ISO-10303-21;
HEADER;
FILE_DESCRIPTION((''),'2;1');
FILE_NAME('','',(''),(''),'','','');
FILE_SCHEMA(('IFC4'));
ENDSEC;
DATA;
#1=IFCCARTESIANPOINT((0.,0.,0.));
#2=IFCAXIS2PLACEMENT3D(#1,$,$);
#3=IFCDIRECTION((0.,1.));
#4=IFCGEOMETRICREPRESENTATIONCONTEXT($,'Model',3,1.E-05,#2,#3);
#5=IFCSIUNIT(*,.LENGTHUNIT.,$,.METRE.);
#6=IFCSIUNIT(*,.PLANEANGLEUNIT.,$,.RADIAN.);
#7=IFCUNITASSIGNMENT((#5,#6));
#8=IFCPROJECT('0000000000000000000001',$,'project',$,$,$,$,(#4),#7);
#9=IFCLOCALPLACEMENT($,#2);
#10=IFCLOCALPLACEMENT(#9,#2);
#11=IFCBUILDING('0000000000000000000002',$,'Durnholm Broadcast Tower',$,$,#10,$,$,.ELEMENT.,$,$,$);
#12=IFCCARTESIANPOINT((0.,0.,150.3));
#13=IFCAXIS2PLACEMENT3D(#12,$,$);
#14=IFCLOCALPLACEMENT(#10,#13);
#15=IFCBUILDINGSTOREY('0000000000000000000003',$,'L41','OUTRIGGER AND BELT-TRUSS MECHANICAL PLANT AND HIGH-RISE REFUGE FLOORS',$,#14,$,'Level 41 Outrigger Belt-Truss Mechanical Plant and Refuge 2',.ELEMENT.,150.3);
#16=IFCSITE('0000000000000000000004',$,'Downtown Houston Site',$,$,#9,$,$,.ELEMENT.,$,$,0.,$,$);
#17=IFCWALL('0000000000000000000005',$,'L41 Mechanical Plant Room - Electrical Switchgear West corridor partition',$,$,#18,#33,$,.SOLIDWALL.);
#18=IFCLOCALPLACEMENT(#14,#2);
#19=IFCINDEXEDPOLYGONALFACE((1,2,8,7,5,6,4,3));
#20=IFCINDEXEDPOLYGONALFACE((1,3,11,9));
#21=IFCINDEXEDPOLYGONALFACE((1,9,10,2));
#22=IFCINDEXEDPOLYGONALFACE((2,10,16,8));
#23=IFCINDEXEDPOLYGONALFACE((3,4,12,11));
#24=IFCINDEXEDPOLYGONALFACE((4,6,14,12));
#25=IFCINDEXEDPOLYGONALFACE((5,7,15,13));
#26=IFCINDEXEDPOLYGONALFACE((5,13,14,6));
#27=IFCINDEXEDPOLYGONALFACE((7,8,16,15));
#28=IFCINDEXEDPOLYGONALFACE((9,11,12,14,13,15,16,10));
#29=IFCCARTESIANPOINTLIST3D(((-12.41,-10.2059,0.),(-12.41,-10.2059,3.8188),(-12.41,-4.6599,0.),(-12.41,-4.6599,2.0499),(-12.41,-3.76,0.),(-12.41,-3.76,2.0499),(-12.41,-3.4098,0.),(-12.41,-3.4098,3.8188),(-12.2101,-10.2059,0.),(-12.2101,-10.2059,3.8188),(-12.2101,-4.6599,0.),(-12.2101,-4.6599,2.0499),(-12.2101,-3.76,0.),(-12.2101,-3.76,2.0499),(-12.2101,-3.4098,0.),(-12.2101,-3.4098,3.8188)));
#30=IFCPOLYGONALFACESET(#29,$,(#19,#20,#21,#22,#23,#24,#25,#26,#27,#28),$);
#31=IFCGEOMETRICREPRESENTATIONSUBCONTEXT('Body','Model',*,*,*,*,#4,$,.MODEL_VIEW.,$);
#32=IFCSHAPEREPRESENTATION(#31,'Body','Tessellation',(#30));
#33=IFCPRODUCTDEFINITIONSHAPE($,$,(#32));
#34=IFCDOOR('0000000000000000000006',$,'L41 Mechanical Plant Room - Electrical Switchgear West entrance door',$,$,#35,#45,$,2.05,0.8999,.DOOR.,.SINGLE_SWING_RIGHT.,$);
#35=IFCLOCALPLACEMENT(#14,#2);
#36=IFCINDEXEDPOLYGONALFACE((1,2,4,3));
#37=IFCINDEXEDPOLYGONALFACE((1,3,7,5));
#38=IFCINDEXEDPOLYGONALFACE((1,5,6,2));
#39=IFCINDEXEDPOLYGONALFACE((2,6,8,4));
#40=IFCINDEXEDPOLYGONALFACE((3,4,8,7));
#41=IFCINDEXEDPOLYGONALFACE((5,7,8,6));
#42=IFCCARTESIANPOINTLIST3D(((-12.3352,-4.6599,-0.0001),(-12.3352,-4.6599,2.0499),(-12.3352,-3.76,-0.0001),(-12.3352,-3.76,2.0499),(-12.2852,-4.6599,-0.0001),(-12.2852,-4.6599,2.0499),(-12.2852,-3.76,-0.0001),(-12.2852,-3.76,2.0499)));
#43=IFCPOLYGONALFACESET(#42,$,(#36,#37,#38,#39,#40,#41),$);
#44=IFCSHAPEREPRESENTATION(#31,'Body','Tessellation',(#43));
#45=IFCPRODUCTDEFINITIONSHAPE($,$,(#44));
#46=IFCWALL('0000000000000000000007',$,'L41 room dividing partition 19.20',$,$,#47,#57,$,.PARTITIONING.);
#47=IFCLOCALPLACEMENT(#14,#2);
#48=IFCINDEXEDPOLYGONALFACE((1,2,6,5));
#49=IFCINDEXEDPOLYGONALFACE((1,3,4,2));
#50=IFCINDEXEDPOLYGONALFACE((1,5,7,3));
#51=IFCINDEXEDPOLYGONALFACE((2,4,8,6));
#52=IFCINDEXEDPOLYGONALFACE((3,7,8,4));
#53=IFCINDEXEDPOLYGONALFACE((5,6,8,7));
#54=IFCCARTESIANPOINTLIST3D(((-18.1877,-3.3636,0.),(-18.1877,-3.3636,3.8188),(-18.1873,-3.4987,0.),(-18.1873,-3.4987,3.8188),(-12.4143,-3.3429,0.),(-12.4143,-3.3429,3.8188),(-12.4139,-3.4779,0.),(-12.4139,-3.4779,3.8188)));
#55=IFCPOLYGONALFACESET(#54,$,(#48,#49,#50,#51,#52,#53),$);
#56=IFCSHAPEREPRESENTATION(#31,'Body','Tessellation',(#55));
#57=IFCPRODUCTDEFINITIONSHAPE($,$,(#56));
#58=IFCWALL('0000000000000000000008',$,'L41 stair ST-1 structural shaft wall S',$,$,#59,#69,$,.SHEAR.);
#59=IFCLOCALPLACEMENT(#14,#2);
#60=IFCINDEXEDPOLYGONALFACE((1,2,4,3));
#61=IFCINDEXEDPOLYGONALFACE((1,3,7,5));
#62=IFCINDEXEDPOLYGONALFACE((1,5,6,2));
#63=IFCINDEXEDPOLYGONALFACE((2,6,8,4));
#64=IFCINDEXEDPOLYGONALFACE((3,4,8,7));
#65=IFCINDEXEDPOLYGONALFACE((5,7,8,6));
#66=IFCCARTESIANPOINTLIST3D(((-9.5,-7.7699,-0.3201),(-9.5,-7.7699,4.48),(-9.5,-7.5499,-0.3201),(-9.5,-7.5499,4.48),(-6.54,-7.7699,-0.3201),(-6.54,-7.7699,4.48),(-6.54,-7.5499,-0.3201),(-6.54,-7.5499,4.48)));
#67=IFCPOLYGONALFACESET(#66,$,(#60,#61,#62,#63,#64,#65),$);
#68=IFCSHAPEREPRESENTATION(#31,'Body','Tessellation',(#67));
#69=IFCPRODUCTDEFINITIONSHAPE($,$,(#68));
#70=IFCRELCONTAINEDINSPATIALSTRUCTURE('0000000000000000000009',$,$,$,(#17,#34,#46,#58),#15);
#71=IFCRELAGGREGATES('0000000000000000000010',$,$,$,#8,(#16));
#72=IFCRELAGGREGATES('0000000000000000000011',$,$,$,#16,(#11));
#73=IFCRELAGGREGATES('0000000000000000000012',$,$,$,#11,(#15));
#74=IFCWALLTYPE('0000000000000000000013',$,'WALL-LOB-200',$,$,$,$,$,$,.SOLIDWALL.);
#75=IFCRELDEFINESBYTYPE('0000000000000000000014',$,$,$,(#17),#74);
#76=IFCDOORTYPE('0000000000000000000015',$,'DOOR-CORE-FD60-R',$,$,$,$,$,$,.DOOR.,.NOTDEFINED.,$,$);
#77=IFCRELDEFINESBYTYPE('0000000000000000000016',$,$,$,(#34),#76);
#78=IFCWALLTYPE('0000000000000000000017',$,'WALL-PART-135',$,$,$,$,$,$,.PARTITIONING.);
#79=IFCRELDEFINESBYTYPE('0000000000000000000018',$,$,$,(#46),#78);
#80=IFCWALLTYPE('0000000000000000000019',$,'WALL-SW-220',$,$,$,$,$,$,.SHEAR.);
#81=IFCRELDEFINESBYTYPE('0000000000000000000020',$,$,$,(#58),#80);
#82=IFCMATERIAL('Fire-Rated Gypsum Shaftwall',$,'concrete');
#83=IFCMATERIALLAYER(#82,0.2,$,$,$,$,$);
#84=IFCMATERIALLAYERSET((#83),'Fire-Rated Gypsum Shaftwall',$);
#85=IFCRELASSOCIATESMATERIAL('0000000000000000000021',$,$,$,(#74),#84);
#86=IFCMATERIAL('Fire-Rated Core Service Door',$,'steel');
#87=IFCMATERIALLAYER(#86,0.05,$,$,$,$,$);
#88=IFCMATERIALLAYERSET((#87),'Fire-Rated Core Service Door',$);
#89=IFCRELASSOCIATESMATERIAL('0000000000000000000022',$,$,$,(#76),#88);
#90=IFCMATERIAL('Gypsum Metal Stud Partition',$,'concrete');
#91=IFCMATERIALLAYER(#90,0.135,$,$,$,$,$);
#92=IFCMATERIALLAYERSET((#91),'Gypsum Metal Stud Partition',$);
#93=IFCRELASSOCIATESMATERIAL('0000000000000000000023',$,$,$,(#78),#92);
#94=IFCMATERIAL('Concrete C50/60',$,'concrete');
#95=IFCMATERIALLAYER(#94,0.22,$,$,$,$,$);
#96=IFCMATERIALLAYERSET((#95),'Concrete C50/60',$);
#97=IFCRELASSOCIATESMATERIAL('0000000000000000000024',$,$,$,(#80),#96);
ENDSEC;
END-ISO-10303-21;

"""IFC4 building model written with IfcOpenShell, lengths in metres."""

from ifc_helpers import new_model, si_unit, direction, frame, frame_2d, origin, place, context, subcontext, project, spatial, rectangle, extrude, source, transform, mapped, material, layer, layer_set, type_object, type_shapes, element, fill, save


model = new_model("IFC4")

# Units and contexts
model_context = context("Model", 3, precision=1e-05, world=origin(), true_north=direction((0.0, 1.0)))
body_context = subcontext(model_context, "Body", "Model", "MODEL_VIEW")
ifc_project = project(units=[si_unit("LENGTHUNIT", "METRE"), si_unit("PLANEANGLEUNIT", "RADIAN")], contexts=[model_context])

# Site, building, storey
site_placement = place(None, origin())
site = spatial("IfcSite", under=ifc_project, at=site_placement, Name="Downtown Houston Site", CompositionType="ELEMENT", RefElevation=0.0)
building_placement = place(site_placement, origin())
building = spatial("IfcBuilding", under=site, at=building_placement, Name="Durnholm Broadcast Tower", CompositionType="ELEMENT")
storey_placement = place(building_placement, frame((0.0, 0.0, 150.3)))
storey = spatial("IfcBuildingStorey", under=building, at=storey_placement, Name="L41", Description="OUTRIGGER AND BELT-TRUSS MECHANICAL PLANT AND HIGH-RISE REFUGE FLOORS", LongName="Level 41 Outrigger Belt-Truss Mechanical Plant and Refuge 2", CompositionType="ELEMENT", Elevation=150.3)

# Wall, opening, door
ifc_material_1 = material(Name="Fire-Rated Gypsum Shaftwall", Category="concrete")
ifc_layer_1 = layer(ifc_material_1, 0.2)
ifc_layer_set_1 = layer_set([ifc_layer_1], Name="Fire-Rated Gypsum Shaftwall")
wall_type_1 = type_object("IfcWallType", Name="WALL-LOB-200", PredefinedType="SOLIDWALL", material=ifc_layer_set_1)
wall_1_placement = place(storey_placement, frame((-12.3101, -3.4099, 0.0), z_axis=(0.0, 0.0, 1.0), x_axis=(0.0, -1.0, 0.0)))
wall_1 = element("IfcWall", 1, at=wall_1_placement, inside=storey, type_object=wall_type_1, Name="L41 Mechanical Plant Room - Electrical Switchgear West corridor partition", PredefinedType="SOLIDWALL", context=body_context, shape_type="SweptSolid", body=[
    extrude(rectangle(XDim=6.7961, YDim=0.2, at=frame_2d((3.3979, 0.0))), origin(), (0.0, 0.0, 1.0), 3.8188),
])
opening_placement = place(wall_1_placement, frame((0.3501, 0.0, 0.0)))
opening = element("IfcOpeningElement", 2, at=opening_placement, cuts=wall_1, PredefinedType="OPENING", context=body_context, shape_type="SweptSolid", body=[
    extrude(rectangle(XDim=0.8999, YDim=2.05, at=frame_2d((0.45, 1.0249))), frame((0.0, 0.1099, 0.0), z_axis=(0.0, -1.0, 0.0), x_axis=(1.0, 0.0, 0.0)), (0.0, 0.0, 1.0), 0.22),
])
ifc_material_2 = material(Name="Fire-Rated Core Service Door", Category="steel")
ifc_layer_2 = layer(ifc_material_2, 0.05)
ifc_layer_set_2 = layer_set([ifc_layer_2], Name="Fire-Rated Core Service Door")
door_type = type_object("IfcDoorType", Name="DOOR-CORE-FD60-R", OperationType="NOTDEFINED", PredefinedType="DOOR", material=ifc_layer_set_2)
shared_shape_1 = source(origin(), body_context, "Body", "SweptSolid", [
    extrude(rectangle(XDim=0.8999, YDim=2.05, at=frame_2d((0.45, 1.0249))), frame((0.0, 0.0249, 0.0), z_axis=(0.0, -1.0, 0.0), x_axis=(1.0, 0.0, 0.0)), (0.0, 0.0, 1.0), 0.05),
])
type_shapes(door_type, [shared_shape_1])
door_placement = place(opening_placement, origin())
door = element("IfcDoor", 3, at=door_placement, inside=storey, type_object=door_type, Name="L41 Mechanical Plant Room - Electrical Switchgear West entrance door", OperationType="SINGLE_SWING_RIGHT", OverallHeight=2.05, OverallWidth=0.8999, PredefinedType="DOOR", context=body_context, shape_type="MappedRepresentation", body=[
    mapped(shared_shape_1, transform((0.0, 0.0, 0.0), x_axis=(1.0, 0.0, 0.0), y_axis=(0.0, 1.0, 0.0), z_axis=(0.0, 0.0, 1.0), scale=1.0)),
])
fill(opening, door)

# Walls
ifc_material_3 = material(Name="Gypsum Metal Stud Partition", Category="concrete")
ifc_layer_3 = layer(ifc_material_3, 0.135)
ifc_layer_set_3 = layer_set([ifc_layer_3], Name="Gypsum Metal Stud Partition")
wall_type_2 = type_object("IfcWallType", Name="WALL-PART-135", PredefinedType="PARTITIONING", material=ifc_layer_set_3)
wall_2_placement = place(storey_placement, frame((-18.1875, -3.4312, 0.0), z_axis=(0.0, 0.0, 1.0), x_axis=(0.999994, 0.003594, 0.0)))
element("IfcWall", 4, at=wall_2_placement, inside=storey, type_object=wall_type_2, Name="L41 room dividing partition 19.20", PredefinedType="PARTITIONING", context=body_context, shape_type="SweptSolid", body=[
    extrude(rectangle(XDim=5.7734, YDim=0.135, at=frame_2d((2.8867, 0.0))), origin(), (0.0, 0.0, 1.0), 3.8188),
])
ifc_material_4 = material(Name="Concrete C50/60", Category="concrete")
ifc_layer_4 = layer(ifc_material_4, 0.22)
ifc_layer_set_4 = layer_set([ifc_layer_4], Name="Concrete C50/60")
wall_type_3 = type_object("IfcWallType", Name="WALL-SW-220", PredefinedType="SHEAR", material=ifc_layer_set_4)
wall_3_placement = place(storey_placement, frame((-9.5, -7.6599, -0.3201), z_axis=(0.0, 0.0, 1.0), x_axis=(1.0, 0.0, 0.0)))
element("IfcWall", 5, at=wall_3_placement, inside=storey, type_object=wall_type_3, Name="L41 stair ST-1 structural shaft wall S", PredefinedType="SHEAR", context=body_context, shape_type="SweptSolid", body=[
    extrude(rectangle(XDim=2.96, YDim=0.22, at=frame_2d((1.48, 0.0))), origin(), (0.0, 0.0, 1.0), 4.8),
])

save(model, "model.ifc")
